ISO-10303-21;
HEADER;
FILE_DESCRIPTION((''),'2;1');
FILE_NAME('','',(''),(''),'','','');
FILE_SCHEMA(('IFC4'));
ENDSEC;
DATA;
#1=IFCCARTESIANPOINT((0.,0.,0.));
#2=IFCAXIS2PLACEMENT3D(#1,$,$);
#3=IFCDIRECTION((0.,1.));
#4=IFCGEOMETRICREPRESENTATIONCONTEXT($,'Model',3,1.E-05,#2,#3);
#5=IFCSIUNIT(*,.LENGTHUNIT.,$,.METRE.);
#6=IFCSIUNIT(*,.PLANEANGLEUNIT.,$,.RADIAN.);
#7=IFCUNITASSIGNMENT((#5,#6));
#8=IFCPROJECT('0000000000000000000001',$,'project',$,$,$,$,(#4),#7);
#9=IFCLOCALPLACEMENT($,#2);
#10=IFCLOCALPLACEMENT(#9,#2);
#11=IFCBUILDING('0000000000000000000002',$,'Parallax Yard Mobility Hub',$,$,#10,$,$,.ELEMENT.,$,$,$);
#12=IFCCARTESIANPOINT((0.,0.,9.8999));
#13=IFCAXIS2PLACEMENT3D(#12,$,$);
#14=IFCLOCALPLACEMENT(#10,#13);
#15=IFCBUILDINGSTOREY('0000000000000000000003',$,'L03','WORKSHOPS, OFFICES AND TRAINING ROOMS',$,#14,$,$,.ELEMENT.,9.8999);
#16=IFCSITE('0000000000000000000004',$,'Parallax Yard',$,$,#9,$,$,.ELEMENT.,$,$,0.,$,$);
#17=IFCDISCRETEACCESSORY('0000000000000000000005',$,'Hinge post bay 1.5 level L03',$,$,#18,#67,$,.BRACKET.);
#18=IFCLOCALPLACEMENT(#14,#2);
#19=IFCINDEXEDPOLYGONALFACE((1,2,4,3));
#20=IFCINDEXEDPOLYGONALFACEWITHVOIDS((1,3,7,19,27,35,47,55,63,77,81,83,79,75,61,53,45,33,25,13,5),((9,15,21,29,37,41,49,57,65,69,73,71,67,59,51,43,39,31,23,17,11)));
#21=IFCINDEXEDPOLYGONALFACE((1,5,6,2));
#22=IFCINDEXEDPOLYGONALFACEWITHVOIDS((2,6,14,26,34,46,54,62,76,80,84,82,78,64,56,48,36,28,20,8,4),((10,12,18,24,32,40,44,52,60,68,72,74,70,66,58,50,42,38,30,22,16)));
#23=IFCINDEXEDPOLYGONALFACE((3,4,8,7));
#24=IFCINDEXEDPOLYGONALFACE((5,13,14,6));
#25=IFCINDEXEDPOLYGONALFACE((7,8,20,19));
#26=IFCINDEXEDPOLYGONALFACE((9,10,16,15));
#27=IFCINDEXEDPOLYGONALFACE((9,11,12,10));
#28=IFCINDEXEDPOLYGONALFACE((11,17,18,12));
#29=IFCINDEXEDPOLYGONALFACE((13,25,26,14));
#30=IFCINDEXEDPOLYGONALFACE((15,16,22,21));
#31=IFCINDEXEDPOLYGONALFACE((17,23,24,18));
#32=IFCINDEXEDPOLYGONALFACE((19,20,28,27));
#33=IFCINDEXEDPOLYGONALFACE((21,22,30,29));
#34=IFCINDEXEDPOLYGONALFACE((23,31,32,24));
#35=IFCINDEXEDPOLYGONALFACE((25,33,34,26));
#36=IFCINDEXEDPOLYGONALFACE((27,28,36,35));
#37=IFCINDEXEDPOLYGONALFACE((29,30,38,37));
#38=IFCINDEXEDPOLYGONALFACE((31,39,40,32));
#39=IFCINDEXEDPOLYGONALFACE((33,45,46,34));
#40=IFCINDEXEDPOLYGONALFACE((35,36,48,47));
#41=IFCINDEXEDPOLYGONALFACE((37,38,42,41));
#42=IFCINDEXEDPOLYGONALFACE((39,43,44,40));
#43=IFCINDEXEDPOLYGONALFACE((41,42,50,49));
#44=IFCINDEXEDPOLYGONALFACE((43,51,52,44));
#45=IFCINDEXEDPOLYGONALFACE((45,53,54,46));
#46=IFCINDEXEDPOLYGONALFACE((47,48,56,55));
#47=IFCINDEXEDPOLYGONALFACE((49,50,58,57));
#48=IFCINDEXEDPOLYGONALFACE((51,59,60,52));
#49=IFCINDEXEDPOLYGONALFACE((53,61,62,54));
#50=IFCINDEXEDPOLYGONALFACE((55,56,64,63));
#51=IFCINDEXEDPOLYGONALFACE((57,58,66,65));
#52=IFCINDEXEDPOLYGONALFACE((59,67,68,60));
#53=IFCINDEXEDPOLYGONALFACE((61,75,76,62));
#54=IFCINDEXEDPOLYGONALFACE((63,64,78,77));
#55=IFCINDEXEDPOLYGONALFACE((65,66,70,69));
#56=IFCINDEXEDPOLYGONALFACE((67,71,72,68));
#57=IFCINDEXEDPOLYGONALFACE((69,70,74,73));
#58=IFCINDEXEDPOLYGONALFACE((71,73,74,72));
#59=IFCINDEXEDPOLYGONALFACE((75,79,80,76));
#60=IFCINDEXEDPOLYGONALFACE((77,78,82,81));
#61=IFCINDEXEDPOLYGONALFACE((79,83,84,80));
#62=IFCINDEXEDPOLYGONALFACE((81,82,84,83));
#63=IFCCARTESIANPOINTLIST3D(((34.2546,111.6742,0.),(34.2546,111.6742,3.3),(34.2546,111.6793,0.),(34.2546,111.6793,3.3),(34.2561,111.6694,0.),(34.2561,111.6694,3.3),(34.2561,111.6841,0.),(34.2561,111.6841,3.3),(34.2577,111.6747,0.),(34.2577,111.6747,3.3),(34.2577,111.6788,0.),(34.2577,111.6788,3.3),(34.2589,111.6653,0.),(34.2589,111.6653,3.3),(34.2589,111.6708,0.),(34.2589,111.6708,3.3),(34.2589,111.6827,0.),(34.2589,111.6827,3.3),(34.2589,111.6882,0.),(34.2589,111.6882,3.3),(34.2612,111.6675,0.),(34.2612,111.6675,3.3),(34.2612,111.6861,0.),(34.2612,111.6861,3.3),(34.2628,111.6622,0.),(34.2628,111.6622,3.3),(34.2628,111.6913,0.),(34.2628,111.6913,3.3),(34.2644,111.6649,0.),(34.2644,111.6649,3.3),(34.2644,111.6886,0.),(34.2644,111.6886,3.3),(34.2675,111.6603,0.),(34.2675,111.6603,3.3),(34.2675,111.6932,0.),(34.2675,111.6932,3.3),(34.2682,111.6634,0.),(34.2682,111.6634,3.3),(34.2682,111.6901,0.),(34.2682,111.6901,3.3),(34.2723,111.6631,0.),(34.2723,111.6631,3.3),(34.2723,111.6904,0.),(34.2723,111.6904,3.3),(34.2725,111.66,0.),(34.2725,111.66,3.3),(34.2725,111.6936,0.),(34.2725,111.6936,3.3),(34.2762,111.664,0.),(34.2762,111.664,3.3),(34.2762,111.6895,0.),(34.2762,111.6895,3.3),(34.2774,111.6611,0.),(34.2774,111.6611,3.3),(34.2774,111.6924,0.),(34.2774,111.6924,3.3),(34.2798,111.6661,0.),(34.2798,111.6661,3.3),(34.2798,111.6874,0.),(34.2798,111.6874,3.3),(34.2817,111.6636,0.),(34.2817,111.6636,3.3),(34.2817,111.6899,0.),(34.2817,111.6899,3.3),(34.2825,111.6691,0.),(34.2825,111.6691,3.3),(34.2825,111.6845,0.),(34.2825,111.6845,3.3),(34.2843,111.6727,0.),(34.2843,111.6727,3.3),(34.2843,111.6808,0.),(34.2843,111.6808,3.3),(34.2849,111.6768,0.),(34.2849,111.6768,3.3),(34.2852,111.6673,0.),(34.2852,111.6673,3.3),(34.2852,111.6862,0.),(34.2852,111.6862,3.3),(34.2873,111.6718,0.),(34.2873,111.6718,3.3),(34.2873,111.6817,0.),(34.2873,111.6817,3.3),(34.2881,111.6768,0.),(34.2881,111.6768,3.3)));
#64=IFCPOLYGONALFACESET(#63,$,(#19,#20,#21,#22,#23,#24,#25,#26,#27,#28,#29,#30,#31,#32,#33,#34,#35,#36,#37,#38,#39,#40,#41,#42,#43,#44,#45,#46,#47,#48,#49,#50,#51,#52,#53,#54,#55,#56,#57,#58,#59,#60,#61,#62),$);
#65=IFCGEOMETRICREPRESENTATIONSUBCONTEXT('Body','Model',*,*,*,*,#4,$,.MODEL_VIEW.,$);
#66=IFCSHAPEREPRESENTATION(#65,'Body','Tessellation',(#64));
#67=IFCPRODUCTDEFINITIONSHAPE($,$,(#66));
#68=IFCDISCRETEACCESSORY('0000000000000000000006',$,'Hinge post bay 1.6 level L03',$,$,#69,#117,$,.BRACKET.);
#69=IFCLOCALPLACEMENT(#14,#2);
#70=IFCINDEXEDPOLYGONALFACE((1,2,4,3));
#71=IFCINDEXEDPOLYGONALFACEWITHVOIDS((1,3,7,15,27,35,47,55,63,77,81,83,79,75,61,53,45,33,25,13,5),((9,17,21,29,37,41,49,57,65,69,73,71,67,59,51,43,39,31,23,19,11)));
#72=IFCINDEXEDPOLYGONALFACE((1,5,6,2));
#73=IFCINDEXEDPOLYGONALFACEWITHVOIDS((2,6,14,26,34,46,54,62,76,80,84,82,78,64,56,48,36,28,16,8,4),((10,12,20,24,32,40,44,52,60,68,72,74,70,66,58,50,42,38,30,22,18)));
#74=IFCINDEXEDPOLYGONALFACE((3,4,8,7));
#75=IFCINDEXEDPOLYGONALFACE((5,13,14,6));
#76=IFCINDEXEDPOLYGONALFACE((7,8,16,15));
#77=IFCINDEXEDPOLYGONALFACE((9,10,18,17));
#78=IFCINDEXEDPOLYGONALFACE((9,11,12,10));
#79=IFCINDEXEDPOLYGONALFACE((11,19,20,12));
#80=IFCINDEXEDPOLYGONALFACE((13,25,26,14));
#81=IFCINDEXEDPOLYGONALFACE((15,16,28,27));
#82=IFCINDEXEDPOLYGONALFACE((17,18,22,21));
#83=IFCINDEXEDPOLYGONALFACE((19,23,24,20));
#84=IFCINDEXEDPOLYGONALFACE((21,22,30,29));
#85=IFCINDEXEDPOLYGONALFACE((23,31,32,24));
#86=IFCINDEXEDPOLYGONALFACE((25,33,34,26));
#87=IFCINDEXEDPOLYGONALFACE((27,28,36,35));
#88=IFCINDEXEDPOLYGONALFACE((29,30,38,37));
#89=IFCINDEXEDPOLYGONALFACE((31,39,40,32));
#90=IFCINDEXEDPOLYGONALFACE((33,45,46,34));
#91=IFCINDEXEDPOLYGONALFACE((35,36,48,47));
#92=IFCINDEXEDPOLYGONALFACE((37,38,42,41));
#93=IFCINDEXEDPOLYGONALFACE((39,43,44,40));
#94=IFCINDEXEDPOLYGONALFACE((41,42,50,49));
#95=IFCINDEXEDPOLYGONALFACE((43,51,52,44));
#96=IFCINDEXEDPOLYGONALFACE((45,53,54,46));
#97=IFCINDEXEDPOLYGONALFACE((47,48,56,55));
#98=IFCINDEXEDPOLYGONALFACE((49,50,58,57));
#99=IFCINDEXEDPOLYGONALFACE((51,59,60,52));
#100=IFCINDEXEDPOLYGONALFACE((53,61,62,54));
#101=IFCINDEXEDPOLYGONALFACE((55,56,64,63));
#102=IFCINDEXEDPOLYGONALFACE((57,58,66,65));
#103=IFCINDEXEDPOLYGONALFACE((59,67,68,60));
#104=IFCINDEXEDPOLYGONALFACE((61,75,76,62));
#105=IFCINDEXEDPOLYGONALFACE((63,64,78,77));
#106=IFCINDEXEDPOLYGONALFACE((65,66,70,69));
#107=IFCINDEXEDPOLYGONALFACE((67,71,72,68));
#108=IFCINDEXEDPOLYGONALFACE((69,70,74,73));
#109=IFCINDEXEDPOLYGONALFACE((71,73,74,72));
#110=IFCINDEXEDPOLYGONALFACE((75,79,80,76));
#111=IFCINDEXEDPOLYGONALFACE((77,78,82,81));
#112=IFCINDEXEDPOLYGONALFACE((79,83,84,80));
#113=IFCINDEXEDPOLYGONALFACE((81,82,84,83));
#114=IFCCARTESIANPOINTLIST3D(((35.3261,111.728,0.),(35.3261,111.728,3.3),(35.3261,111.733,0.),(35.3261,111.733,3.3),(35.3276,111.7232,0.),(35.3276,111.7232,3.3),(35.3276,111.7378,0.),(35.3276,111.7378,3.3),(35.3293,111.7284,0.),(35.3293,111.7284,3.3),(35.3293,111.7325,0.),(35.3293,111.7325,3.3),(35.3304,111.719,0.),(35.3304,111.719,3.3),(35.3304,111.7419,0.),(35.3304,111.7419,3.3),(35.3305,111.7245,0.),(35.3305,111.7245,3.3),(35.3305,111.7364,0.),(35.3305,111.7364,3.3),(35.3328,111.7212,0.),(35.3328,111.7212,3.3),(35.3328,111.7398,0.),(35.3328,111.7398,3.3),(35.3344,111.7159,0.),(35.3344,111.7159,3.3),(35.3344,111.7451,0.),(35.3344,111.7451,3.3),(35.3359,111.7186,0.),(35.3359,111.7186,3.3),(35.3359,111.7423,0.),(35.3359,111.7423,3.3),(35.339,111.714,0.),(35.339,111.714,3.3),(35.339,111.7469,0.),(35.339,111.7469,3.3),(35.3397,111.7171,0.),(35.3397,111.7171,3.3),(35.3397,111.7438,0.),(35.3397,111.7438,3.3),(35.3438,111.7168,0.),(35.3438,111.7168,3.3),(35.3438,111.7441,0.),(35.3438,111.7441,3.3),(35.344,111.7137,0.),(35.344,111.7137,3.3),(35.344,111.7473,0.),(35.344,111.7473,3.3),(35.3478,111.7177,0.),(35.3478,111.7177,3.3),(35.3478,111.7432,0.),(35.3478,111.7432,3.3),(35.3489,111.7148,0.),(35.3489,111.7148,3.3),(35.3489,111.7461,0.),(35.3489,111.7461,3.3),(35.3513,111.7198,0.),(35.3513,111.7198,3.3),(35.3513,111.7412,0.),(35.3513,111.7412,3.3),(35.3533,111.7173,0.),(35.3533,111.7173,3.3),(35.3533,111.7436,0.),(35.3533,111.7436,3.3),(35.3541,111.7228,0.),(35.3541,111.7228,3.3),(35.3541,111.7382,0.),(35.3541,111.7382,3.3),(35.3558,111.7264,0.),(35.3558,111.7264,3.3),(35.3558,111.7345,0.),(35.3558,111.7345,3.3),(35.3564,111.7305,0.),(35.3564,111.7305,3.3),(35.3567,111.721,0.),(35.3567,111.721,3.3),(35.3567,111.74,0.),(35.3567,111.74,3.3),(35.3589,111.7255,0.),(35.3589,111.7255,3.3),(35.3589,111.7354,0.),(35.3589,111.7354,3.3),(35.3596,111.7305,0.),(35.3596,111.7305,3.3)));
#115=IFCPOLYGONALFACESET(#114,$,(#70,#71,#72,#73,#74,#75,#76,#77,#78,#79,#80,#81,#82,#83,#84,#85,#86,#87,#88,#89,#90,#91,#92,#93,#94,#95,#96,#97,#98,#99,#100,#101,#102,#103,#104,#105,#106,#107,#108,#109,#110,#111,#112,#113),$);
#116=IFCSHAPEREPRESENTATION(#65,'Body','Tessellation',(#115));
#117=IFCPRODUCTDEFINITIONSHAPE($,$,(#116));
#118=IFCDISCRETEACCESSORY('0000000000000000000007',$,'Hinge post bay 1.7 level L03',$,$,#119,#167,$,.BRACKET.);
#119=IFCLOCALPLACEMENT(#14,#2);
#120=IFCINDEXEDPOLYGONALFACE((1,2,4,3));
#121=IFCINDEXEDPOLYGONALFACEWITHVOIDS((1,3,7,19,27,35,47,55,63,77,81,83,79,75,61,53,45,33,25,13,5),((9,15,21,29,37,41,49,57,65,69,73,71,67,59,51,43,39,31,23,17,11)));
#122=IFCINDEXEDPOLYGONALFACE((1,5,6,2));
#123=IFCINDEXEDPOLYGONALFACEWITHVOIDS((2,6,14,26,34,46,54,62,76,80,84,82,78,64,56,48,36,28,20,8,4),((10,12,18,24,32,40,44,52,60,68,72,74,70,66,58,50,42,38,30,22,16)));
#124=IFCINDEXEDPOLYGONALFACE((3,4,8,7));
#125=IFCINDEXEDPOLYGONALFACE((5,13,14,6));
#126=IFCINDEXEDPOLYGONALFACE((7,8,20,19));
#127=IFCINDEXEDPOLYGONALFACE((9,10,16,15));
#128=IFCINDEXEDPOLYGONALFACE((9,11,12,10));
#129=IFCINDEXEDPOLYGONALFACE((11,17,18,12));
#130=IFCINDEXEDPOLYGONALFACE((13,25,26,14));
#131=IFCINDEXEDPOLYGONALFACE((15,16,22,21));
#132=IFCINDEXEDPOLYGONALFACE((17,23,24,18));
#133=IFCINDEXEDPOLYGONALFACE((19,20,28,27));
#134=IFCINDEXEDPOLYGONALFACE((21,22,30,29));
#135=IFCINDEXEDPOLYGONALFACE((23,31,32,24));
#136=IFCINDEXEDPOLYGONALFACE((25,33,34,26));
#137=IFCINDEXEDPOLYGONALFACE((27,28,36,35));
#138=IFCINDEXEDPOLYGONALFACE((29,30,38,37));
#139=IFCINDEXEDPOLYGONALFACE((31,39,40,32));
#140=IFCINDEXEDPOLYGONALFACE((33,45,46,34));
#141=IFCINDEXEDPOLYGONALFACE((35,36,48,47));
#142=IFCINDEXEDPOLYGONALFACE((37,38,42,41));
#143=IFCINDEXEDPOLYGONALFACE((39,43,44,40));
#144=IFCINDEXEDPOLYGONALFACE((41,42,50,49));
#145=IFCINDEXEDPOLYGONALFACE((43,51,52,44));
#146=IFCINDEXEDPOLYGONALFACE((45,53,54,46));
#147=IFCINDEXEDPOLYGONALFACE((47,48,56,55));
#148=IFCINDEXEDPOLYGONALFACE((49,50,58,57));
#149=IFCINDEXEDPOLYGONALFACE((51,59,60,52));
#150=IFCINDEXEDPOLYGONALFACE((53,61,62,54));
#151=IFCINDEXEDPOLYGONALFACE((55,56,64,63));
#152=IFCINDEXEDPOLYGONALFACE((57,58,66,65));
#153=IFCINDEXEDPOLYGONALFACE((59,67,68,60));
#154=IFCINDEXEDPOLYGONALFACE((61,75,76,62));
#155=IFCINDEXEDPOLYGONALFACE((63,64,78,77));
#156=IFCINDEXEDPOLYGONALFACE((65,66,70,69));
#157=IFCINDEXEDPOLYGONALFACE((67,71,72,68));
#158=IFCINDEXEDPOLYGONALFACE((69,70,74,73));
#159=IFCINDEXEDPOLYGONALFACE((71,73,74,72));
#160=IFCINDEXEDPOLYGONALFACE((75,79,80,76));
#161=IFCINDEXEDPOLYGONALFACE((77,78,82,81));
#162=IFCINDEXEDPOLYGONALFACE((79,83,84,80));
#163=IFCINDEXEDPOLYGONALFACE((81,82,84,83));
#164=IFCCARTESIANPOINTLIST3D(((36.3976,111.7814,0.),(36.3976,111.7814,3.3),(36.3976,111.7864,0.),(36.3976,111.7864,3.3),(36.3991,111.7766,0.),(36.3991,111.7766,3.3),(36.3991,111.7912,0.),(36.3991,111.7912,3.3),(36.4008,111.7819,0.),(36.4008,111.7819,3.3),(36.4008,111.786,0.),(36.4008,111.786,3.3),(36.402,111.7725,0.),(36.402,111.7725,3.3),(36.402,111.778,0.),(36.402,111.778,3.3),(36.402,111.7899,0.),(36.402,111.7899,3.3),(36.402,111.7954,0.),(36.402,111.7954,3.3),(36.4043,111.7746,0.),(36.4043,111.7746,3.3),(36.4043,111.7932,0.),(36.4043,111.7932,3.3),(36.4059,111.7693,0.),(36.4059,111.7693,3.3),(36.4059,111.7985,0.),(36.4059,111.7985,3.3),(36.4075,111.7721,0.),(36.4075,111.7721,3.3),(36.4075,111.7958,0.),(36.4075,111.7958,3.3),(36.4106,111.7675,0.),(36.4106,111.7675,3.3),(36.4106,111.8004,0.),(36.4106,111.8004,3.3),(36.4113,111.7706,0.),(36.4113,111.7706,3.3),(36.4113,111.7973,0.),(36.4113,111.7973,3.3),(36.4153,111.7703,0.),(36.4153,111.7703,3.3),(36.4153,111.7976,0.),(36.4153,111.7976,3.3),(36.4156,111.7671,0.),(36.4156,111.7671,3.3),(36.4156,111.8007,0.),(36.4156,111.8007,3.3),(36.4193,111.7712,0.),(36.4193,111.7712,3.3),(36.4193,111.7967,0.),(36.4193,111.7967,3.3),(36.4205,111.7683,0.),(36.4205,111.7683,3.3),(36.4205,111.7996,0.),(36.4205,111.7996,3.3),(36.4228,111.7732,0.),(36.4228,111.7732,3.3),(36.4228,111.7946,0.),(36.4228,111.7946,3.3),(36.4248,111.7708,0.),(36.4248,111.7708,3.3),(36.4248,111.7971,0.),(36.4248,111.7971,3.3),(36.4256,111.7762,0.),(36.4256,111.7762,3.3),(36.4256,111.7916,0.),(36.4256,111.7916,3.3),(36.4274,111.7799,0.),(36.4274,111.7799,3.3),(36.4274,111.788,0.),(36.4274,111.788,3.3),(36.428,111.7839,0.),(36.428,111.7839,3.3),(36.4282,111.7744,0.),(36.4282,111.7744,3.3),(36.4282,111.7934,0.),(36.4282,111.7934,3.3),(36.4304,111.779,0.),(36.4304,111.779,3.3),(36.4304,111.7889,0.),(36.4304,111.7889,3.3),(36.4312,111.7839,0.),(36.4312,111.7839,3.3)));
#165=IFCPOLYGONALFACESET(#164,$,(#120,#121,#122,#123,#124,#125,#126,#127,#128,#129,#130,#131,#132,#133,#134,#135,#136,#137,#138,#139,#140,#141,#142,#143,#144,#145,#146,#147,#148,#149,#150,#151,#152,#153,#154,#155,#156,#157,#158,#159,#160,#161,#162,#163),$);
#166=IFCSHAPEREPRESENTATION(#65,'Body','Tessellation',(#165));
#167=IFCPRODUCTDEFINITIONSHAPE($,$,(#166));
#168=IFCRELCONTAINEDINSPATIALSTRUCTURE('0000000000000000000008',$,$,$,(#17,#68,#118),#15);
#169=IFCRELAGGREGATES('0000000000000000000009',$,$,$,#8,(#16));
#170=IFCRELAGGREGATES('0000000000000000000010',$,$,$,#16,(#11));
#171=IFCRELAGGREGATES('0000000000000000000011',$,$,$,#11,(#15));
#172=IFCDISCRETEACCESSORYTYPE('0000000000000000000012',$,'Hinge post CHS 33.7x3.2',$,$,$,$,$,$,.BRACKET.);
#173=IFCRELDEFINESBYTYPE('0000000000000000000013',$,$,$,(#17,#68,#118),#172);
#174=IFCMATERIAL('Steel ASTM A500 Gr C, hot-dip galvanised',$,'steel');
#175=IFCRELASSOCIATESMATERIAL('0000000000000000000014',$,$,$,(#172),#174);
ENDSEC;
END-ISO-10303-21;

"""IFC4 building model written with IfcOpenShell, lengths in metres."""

from ifc_helpers import new_model, si_unit, direction, frame, origin, origin_2d, place, context, subcontext, project, spatial, hollow_circle, extrude, material, material_profile, profile_set, type_object, element, save


model = new_model("IFC4")

# Units and contexts
model_context = context("Model", 3, precision=1e-05, world=origin(), true_north=direction((0.0, 1.0)))
body_context = subcontext(model_context, "Body", "Model", "MODEL_VIEW")
ifc_project = project(units=[si_unit("LENGTHUNIT", "METRE"), si_unit("PLANEANGLEUNIT", "RADIAN")], contexts=[model_context])

# Site, building, storey
site_placement = place(None, origin())
site = spatial("IfcSite", under=ifc_project, at=site_placement, Name="Parallax Yard", CompositionType="ELEMENT", RefElevation=0.0)
building_placement = place(site_placement, origin())
building = spatial("IfcBuilding", under=site, at=building_placement, Name="Parallax Yard Mobility Hub", CompositionType="ELEMENT")
storey_placement = place(building_placement, frame((0.0, 0.0, 9.8999)))
storey = spatial("IfcBuildingStorey", under=building, at=storey_placement, Name="L03", Description="WORKSHOPS, OFFICES AND TRAINING ROOMS", CompositionType="ELEMENT", Elevation=9.8999)

# Discrete accessories
ifc_material_1 = material(Name="Steel ASTM A500 Gr C, hot-dip galvanised", Category="steel")
ifc_material_profile = material_profile(ifc_material_1, hollow_circle(Radius=0.0168, WallThickness=0.0032, at=origin_2d()), Name="CHS 33.7x3.2")
ifc_profile_set = profile_set([ifc_material_profile], Name="Steel ASTM A500 Gr C, hot-dip galvanised")
discrete_accessory_type_1 = type_object("IfcDiscreteAccessoryType", Name="Hinge post CHS 33.7x3.2", PredefinedType="BRACKET", material=ifc_profile_set)
for number, where, z_axis, x_axis, name in (
    (1, (34.2712, 111.6768, 0.0), (0.0, 0.0, 1.0), (1.0, 0.0, 0.0), "Hinge post bay 1.5 level L03"),
    (2, (35.3428, 111.7305, 0.0), (0.0, 0.0, 1.0), (1.0, 0.0, 0.0), "Hinge post bay 1.6 level L03"),
    (3, (36.4143, 111.7839, 0.0), (0.0, 0.0, 1.0), (1.0, 0.0, 0.0), "Hinge post bay 1.7 level L03"),
):
    element("IfcDiscreteAccessory", number, at=place(storey_placement, frame(where, z_axis=z_axis, x_axis=x_axis)), inside=storey, type_object=discrete_accessory_type_1, Name=name, PredefinedType="BRACKET", context=body_context, shape_type="SweptSolid", body=[
        extrude(hollow_circle(Radius=0.0168, WallThickness=0.0032, at=origin_2d()), origin(), (0.0, 0.0, 1.0), 3.3),
    ])

save(model, "model.ifc")
